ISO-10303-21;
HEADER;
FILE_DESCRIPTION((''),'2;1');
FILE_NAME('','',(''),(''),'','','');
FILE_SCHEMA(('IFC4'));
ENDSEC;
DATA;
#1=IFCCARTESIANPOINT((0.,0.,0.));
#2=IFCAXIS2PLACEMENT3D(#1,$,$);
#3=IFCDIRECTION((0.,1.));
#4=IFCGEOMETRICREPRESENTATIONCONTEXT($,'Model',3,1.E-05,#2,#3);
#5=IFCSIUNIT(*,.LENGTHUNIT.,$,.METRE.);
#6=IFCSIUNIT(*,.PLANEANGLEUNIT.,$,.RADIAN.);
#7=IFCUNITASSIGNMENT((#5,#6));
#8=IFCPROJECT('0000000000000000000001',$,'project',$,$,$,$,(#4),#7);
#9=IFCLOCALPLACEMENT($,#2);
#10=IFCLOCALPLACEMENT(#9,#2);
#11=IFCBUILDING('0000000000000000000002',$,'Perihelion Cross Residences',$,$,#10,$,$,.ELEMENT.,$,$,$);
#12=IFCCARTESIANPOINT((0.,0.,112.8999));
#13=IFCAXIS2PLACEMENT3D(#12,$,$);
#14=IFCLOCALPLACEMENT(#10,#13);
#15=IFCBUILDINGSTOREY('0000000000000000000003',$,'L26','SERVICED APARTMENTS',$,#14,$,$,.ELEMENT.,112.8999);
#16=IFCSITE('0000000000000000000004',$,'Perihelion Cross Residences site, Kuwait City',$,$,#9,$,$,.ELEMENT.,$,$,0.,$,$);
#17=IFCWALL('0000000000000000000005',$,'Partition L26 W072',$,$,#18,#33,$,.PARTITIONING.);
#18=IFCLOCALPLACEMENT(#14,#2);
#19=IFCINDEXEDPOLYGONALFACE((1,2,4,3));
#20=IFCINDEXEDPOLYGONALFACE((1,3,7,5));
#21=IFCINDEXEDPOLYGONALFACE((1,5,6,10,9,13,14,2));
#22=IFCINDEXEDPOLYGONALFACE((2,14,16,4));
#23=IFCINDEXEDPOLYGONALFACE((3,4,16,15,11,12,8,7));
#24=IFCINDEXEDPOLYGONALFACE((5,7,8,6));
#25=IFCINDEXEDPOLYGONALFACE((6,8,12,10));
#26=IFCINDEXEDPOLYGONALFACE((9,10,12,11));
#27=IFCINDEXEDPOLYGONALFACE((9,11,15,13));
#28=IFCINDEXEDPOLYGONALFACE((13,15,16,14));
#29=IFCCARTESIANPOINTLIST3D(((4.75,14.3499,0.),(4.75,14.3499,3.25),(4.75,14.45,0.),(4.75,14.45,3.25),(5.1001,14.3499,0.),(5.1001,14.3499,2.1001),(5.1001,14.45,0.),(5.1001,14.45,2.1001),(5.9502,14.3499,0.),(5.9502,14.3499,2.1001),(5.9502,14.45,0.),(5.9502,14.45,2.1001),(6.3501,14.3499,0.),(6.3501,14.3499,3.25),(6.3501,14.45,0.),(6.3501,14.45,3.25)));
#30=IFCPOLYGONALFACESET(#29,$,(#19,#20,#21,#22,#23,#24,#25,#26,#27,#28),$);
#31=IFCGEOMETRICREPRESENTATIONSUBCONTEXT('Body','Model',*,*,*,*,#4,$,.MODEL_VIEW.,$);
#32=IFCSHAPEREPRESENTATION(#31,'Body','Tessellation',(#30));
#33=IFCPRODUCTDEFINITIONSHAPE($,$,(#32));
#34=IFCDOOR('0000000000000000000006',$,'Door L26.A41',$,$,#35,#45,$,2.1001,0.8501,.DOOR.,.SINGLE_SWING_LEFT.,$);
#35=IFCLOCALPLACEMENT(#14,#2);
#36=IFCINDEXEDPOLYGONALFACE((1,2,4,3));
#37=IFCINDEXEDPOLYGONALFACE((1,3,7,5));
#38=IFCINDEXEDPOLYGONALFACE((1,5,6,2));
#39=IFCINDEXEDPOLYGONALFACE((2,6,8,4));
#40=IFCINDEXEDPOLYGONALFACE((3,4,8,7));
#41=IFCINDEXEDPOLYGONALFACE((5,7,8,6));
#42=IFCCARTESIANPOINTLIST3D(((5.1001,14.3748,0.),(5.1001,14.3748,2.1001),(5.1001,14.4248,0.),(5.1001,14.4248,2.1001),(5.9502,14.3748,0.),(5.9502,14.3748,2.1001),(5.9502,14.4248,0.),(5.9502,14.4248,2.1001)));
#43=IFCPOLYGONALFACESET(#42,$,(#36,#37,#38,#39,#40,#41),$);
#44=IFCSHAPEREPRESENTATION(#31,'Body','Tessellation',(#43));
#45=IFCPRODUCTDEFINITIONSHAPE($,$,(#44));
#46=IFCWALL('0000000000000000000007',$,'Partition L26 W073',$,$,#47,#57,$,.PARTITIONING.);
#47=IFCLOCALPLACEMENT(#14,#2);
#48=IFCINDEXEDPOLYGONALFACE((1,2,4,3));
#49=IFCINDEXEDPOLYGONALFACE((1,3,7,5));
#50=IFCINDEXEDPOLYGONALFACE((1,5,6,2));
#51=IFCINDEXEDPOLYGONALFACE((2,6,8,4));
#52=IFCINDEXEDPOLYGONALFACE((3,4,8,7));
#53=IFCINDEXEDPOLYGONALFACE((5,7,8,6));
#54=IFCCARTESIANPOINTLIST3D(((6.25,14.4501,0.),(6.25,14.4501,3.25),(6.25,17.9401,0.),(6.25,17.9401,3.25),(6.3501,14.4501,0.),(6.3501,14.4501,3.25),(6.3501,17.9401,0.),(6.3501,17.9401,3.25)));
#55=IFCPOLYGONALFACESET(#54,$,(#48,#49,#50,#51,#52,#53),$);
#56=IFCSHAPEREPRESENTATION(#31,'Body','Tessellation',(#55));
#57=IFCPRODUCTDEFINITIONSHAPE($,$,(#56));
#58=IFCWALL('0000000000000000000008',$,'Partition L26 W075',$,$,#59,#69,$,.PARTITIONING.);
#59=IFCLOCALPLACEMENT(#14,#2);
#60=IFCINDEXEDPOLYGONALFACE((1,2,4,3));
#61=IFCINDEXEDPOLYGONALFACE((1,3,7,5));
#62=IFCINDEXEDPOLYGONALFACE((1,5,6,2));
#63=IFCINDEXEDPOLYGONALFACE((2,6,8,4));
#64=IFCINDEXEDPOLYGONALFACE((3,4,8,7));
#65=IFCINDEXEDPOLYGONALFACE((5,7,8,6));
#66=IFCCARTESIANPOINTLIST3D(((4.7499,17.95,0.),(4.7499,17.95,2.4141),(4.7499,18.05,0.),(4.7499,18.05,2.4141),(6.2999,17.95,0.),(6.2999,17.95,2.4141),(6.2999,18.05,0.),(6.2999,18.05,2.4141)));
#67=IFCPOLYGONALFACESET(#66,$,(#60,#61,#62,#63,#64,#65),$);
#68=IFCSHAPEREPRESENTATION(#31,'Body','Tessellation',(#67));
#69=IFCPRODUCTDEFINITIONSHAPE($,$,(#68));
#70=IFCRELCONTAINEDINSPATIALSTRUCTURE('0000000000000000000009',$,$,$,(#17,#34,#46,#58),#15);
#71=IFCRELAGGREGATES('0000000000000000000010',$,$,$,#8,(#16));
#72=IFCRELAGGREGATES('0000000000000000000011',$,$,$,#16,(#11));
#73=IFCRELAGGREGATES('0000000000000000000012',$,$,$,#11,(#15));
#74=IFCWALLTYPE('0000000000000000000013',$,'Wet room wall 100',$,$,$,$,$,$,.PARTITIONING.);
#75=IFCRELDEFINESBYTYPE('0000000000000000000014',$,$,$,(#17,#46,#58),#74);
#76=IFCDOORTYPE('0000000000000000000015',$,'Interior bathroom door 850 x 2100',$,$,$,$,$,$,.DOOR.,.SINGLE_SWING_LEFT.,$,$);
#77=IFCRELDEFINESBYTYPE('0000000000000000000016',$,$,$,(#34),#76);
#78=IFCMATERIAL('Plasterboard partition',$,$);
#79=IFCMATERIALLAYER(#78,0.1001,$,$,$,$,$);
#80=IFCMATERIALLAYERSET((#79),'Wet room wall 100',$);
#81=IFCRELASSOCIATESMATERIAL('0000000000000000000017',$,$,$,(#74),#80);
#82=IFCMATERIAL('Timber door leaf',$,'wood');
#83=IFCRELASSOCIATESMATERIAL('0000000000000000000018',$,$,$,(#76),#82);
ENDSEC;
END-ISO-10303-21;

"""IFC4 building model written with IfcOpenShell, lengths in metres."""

from ifc_helpers import new_model, si_unit, direction, frame, frame_2d, origin, place, context, subcontext, project, spatial, rectangle, extrude, material, layer, layer_set, type_object, element, fill, save


model = new_model("IFC4")

# Units and contexts
model_context = context("Model", 3, precision=1e-05, world=origin(), true_north=direction((0.0, 1.0)))
body_context = subcontext(model_context, "Body", "Model", "MODEL_VIEW")
ifc_project = project(units=[si_unit("LENGTHUNIT", "METRE"), si_unit("PLANEANGLEUNIT", "RADIAN")], contexts=[model_context])

# Site, building, storey
site_placement = place(None, origin())
site = spatial("IfcSite", under=ifc_project, at=site_placement, Name="Perihelion Cross Residences site, Kuwait City", CompositionType="ELEMENT", RefElevation=0.0)
building_placement = place(site_placement, origin())
building = spatial("IfcBuilding", under=site, at=building_placement, Name="Perihelion Cross Residences", CompositionType="ELEMENT")
storey_placement = place(building_placement, frame((0.0, 0.0, 112.8999)))
storey = spatial("IfcBuildingStorey", under=building, at=storey_placement, Name="L26", Description="SERVICED APARTMENTS", CompositionType="ELEMENT", Elevation=112.8999)

# Shared definitions
ifc_material_1 = material(Name="Plasterboard partition")
ifc_layer_1 = layer(ifc_material_1, 0.1001)
ifc_layer_set_1 = layer_set([ifc_layer_1], Name="Wet room wall 100")
wall_type_1 = type_object("IfcWallType", Name="Wet room wall 100", PredefinedType="PARTITIONING", material=ifc_layer_set_1)
ifc_material_2 = material(Name="Timber door leaf", Category="wood")
door_type_1 = type_object("IfcDoorType", Name="Interior bathroom door 850 x 2100", OperationType="SINGLE_SWING_LEFT", PredefinedType="DOOR", material=ifc_material_2)

# Wall, opening, door
wall_1_placement = place(storey_placement, frame((4.75, 14.3999, 0.0), z_axis=(0.0, 0.0, 1.0), x_axis=(1.0, 0.0, 0.0)))
wall_1 = element("IfcWall", 1, at=wall_1_placement, inside=storey, type_object=wall_type_1, Name="Partition L26 W072", PredefinedType="PARTITIONING", context=body_context, shape_type="SweptSolid", body=[
    extrude(rectangle(XDim=1.6001, YDim=0.1001, at=frame_2d((0.8, 0.0))), origin(), (0.0, 0.0, 1.0), 3.25),
])
opening_1_placement = place(wall_1_placement, frame((0.3501, 0.0, 0.0)))
opening_1 = element("IfcOpeningElement", 2, at=opening_1_placement, cuts=wall_1, PredefinedType="OPENING", context=body_context, shape_type="SweptSolid", body=[
    extrude(rectangle(XDim=0.8501, YDim=2.1001, at=frame_2d((0.425, 1.05))), frame((0.0, 0.0601, 0.0), z_axis=(0.0, -1.0, 0.0), x_axis=(1.0, 0.0, 0.0)), (0.0, 0.0, 1.0), 0.1201),
])
door_1_placement = place(opening_1_placement, origin())
door_1 = element("IfcDoor", 3, at=door_1_placement, inside=storey, type_object=door_type_1, Name="Door L26.A41", OperationType="SINGLE_SWING_LEFT", OverallHeight=2.1001, OverallWidth=0.8501, PredefinedType="DOOR", context=body_context, shape_type="SweptSolid", body=[
    extrude(rectangle(XDim=0.8501, YDim=2.1001, at=frame_2d((0.425, 1.05))), frame((0.0, 0.0249, 0.0), z_axis=(0.0, -1.0, 0.0), x_axis=(1.0, 0.0, 0.0)), (0.0, 0.0, 1.0), 0.05),
])
fill(opening_1, door_1)

# Walls
wall_2_placement = place(storey_placement, frame((6.3, 14.45, 0.0), z_axis=(0.0, 0.0, 1.0), x_axis=(0.0, 1.0, 0.0)))
element("IfcWall", 4, at=wall_2_placement, inside=storey, type_object=wall_type_1, Name="Partition L26 W073", PredefinedType="PARTITIONING", context=body_context, shape_type="SweptSolid", body=[
    extrude(rectangle(XDim=3.49, YDim=0.1001, at=frame_2d((1.7451, 0.0))), origin(), (0.0, 0.0, 1.0), 3.25),
])
wall_3_placement = place(storey_placement, frame((4.75, 18.0, 0.0), z_axis=(0.0, 0.0, 1.0), x_axis=(1.0, 0.0, 0.0)))
element("IfcWall", 5, at=wall_3_placement, inside=storey, type_object=wall_type_1, Name="Partition L26 W075", PredefinedType="PARTITIONING", context=body_context, shape_type="SweptSolid", body=[
    extrude(rectangle(XDim=1.55, YDim=0.1001, at=frame_2d((0.7749, 0.0))), origin(), (0.0, 0.0, 1.0), 2.4141),
])

save(model, "model.ifc")
